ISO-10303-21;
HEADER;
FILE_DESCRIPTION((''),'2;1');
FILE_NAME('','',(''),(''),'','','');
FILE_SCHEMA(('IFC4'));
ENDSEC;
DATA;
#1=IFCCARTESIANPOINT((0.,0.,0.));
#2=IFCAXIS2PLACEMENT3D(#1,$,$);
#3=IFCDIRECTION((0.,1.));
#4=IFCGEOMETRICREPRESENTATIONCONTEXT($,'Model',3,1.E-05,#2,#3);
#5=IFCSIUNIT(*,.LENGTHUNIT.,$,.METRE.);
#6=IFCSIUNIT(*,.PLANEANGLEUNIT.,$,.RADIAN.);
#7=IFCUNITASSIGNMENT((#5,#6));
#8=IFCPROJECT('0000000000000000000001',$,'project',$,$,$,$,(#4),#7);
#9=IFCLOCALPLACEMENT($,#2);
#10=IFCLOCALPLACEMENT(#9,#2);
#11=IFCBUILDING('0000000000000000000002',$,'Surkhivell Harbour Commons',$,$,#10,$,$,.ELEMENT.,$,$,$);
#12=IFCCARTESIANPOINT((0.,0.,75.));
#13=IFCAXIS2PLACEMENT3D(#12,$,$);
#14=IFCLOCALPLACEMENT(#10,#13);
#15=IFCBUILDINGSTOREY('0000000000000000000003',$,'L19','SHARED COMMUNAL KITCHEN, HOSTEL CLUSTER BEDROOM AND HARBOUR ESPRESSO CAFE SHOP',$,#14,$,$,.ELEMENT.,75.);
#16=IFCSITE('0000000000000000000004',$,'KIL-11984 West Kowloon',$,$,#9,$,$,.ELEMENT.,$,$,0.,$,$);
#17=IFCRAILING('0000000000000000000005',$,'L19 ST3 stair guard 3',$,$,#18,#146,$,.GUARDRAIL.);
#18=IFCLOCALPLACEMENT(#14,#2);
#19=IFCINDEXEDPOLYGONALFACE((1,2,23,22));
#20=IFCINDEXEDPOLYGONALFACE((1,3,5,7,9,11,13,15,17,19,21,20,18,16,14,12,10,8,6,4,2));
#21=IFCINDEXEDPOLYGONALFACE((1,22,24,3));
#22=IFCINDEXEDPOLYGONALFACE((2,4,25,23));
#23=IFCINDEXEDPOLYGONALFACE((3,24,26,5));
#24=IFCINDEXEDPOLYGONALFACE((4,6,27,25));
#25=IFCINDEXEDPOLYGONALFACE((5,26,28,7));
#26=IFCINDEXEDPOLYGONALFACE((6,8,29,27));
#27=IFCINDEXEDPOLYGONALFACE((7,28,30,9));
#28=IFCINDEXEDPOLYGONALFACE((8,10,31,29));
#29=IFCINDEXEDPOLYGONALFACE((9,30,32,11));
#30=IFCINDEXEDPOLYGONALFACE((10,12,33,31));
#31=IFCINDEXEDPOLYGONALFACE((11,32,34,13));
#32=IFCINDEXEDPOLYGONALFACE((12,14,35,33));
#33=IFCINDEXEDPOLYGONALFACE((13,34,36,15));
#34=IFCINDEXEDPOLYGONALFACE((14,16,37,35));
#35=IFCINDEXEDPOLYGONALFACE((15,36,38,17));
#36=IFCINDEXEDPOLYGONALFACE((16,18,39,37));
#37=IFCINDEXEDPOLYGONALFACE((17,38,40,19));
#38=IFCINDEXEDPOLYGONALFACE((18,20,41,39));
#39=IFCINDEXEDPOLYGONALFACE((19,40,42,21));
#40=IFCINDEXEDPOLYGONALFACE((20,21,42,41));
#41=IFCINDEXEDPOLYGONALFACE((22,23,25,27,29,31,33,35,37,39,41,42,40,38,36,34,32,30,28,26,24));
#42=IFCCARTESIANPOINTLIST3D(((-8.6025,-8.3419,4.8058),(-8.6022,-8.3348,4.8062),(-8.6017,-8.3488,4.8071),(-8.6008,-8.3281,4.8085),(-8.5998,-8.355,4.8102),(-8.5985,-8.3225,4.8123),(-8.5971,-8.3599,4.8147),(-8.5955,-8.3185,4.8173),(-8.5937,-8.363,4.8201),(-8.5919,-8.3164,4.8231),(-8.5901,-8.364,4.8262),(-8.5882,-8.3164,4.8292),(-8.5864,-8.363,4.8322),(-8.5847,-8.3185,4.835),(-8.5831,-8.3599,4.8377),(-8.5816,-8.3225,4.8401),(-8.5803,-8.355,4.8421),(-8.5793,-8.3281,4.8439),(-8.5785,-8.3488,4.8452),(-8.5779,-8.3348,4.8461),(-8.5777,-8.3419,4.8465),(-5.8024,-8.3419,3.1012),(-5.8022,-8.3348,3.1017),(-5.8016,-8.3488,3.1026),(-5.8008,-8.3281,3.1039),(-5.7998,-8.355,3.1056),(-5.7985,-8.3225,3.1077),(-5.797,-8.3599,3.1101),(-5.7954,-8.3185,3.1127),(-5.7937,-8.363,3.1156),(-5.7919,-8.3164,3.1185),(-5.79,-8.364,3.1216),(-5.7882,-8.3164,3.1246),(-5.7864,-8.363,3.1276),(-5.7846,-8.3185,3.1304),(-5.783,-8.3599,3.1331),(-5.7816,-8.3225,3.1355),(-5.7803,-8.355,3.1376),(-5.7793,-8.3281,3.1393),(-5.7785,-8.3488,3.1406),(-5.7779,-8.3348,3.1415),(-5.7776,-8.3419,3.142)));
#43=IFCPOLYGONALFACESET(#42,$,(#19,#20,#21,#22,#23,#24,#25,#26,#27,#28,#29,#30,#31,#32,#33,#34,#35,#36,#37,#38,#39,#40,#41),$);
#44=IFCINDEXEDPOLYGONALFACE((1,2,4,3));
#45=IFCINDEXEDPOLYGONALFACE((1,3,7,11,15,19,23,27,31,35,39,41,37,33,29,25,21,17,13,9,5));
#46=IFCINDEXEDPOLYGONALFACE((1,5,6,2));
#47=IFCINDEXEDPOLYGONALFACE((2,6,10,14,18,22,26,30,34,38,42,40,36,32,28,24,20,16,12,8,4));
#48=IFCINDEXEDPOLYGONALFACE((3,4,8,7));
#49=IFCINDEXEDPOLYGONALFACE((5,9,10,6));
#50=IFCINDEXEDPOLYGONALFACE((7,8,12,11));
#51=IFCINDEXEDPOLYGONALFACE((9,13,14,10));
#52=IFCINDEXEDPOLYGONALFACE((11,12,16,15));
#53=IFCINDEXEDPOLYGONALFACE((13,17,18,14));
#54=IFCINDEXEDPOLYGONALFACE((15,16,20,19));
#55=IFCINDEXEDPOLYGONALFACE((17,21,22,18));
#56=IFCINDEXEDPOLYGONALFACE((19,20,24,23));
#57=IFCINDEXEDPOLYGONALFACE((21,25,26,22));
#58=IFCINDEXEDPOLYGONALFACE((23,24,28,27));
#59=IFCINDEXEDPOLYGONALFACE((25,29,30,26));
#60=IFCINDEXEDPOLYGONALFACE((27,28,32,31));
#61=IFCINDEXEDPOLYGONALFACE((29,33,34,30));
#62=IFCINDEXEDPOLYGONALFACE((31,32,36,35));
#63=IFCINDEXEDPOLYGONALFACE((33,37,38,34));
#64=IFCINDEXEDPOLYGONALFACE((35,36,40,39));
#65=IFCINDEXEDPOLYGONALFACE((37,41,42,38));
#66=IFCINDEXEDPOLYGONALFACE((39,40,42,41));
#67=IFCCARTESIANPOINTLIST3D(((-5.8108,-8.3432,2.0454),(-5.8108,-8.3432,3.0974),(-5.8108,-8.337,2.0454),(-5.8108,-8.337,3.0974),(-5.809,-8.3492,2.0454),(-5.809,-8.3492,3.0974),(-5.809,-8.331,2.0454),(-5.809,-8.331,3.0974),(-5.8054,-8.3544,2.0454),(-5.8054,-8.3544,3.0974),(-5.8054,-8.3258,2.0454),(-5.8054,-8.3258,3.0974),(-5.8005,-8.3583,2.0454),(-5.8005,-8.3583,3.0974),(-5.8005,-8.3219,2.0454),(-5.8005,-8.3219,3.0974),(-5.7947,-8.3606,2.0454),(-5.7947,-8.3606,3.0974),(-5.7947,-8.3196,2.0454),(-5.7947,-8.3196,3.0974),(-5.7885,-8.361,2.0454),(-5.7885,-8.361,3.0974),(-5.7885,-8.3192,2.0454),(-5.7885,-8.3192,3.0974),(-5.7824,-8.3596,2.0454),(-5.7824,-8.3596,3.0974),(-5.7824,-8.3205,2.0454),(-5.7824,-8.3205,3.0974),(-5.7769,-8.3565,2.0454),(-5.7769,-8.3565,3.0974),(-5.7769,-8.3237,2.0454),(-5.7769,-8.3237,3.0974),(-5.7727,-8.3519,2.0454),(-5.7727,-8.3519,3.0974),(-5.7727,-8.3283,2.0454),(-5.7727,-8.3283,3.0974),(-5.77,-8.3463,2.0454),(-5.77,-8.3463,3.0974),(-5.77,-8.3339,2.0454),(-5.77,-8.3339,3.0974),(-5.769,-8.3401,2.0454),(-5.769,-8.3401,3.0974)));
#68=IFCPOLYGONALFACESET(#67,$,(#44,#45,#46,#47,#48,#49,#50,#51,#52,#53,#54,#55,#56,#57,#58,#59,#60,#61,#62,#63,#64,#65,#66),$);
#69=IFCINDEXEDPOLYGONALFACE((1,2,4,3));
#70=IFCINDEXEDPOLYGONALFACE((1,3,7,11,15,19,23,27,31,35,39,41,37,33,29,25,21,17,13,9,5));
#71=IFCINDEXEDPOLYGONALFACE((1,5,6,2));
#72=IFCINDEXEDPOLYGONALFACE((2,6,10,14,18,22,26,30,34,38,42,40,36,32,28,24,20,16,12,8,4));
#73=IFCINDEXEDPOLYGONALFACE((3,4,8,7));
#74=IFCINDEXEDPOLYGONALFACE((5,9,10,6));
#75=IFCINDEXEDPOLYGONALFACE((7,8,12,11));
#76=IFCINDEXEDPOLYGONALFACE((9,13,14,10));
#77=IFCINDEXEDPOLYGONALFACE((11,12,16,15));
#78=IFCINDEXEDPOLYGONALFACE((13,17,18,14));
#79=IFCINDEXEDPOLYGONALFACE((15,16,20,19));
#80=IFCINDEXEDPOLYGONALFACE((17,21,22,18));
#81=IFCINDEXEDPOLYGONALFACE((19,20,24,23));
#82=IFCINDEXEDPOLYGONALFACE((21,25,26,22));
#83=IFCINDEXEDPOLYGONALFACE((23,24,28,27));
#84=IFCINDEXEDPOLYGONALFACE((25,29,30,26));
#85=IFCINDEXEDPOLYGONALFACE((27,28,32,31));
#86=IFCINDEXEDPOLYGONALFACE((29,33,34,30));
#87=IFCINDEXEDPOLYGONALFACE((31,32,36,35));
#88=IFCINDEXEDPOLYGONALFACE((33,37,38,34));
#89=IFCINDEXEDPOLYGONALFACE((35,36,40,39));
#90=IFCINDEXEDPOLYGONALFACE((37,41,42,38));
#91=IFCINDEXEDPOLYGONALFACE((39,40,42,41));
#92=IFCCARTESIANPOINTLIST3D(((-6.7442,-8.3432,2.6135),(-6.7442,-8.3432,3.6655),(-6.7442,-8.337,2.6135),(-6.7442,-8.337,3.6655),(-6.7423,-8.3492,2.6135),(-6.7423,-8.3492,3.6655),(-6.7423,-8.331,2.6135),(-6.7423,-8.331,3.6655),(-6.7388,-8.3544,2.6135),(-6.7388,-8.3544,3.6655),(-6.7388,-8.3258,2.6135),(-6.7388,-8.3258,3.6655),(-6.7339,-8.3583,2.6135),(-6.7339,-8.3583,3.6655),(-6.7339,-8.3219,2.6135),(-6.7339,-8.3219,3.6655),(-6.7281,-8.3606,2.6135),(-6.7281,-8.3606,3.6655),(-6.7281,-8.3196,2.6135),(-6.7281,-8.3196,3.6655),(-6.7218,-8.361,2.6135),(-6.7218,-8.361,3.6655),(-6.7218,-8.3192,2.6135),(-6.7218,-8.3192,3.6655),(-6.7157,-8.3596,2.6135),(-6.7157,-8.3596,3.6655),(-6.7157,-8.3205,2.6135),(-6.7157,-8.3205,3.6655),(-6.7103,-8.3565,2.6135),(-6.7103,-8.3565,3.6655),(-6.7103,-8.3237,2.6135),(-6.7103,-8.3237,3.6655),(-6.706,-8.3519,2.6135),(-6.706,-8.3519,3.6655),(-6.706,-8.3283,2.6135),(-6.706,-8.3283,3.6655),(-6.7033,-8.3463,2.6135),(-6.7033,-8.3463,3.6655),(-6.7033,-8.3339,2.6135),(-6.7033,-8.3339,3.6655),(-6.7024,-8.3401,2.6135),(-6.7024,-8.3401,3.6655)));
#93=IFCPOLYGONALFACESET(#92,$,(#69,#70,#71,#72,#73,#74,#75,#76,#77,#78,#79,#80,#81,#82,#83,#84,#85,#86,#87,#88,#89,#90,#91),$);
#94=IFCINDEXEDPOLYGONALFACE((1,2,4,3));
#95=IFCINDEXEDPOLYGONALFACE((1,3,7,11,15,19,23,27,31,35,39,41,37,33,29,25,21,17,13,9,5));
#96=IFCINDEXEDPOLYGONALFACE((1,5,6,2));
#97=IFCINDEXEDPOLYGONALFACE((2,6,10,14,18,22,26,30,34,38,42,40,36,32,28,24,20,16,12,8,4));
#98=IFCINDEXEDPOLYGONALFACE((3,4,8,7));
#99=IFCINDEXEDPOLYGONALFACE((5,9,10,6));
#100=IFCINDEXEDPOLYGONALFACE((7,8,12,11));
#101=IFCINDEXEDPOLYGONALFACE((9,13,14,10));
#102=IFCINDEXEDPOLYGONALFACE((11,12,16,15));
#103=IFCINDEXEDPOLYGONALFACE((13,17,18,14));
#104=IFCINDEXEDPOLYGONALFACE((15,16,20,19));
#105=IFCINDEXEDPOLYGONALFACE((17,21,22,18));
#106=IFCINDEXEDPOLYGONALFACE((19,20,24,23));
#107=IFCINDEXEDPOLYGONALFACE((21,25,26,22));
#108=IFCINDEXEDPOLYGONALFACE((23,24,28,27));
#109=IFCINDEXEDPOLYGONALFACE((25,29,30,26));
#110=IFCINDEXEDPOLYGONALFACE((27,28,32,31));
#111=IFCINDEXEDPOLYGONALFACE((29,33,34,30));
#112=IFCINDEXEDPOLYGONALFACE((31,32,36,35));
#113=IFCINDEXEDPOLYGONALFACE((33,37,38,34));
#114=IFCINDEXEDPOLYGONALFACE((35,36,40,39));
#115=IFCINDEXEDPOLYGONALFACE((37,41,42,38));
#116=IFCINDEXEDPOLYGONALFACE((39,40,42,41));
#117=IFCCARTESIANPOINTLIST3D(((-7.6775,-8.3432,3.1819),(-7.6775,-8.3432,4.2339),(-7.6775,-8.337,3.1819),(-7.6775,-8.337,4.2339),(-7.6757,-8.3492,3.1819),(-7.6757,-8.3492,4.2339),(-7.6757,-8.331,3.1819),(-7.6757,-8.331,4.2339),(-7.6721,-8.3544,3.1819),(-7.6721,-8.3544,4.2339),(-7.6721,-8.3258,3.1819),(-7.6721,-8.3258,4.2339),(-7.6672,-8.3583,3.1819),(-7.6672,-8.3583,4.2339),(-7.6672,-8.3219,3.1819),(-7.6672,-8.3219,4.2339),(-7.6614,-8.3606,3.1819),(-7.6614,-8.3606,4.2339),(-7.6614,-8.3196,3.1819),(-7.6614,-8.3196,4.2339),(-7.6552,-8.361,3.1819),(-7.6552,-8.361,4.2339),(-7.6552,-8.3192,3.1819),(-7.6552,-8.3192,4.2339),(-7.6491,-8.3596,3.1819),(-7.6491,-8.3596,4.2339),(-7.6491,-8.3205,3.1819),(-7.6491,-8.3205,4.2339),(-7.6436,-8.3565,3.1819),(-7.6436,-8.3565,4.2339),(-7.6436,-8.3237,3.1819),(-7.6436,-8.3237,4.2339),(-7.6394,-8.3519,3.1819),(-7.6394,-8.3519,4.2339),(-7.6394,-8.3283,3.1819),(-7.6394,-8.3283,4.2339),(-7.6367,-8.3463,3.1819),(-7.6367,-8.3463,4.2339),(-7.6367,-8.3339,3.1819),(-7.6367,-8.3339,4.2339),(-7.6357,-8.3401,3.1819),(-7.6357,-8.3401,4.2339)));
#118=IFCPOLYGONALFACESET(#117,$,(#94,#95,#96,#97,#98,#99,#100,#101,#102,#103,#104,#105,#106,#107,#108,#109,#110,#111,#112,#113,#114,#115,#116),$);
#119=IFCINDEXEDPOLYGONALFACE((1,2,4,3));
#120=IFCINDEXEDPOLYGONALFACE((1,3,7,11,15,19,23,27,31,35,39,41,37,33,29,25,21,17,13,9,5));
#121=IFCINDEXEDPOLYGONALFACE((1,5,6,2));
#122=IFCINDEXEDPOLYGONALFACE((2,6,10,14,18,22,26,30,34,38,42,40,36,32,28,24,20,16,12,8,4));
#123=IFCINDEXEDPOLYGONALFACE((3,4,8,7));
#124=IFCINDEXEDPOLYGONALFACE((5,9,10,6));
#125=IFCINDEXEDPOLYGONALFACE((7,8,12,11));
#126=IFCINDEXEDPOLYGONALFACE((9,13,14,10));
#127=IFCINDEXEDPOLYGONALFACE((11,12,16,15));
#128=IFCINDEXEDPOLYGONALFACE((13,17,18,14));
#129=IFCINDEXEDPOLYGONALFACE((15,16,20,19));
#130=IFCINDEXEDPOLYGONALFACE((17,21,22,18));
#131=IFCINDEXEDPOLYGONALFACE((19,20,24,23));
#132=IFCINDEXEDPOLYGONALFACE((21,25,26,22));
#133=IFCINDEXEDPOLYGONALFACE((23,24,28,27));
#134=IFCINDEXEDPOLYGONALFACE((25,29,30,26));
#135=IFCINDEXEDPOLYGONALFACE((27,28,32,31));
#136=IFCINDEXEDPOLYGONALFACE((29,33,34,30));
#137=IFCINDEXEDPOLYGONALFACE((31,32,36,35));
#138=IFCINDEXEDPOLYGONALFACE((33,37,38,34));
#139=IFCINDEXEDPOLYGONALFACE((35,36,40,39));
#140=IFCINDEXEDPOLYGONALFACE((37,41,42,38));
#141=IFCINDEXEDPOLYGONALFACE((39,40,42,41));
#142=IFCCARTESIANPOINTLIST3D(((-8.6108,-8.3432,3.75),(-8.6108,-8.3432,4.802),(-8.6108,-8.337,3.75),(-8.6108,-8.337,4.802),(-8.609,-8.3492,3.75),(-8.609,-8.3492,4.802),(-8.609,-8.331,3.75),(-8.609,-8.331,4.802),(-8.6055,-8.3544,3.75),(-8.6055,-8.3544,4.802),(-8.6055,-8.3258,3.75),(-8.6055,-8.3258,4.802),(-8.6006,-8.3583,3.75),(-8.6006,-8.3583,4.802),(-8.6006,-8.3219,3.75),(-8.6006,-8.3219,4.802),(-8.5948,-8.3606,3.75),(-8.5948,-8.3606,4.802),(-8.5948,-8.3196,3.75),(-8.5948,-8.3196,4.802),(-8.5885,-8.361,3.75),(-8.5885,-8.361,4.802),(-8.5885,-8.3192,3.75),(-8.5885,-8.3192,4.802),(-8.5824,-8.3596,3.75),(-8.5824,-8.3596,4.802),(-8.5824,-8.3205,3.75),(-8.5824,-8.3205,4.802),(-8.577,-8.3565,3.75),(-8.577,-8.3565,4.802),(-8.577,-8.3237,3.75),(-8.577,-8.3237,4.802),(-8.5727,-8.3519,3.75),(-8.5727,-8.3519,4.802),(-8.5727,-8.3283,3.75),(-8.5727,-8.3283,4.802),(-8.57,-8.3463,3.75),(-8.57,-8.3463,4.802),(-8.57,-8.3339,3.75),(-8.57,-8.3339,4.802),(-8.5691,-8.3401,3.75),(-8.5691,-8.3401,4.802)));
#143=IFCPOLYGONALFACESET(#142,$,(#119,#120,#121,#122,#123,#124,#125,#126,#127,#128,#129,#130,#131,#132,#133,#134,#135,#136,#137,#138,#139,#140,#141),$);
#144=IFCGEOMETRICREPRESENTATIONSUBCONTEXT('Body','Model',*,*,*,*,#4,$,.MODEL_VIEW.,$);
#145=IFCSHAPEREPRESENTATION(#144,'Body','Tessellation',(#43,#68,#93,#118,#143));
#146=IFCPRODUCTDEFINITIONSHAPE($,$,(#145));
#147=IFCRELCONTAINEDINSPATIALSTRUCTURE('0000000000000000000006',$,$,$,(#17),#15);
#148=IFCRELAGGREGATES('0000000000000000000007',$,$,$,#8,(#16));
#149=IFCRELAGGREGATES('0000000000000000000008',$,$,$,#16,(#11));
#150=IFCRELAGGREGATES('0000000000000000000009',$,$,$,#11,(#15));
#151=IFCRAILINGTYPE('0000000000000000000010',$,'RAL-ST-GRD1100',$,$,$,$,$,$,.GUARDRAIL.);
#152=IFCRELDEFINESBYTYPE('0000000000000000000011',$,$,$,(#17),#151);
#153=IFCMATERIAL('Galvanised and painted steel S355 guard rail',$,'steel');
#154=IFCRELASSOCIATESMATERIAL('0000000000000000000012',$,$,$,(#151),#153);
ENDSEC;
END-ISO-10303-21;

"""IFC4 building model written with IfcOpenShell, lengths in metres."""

from ifc_helpers import new_model, si_unit, direction, frame, origin, origin_2d, place, context, subcontext, project, spatial, circle, extrude, material, type_object, element, save


model = new_model("IFC4")

# Units and contexts
model_context = context("Model", 3, precision=1e-05, world=origin(), true_north=direction((0.0, 1.0)))
body_context = subcontext(model_context, "Body", "Model", "MODEL_VIEW")
ifc_project = project(units=[si_unit("LENGTHUNIT", "METRE"), si_unit("PLANEANGLEUNIT", "RADIAN")], contexts=[model_context])

# Site, building, storey
site_placement = place(None, origin())
site = spatial("IfcSite", under=ifc_project, at=site_placement, Name="KIL-11984 West Kowloon", CompositionType="ELEMENT", RefElevation=0.0)
building_placement = place(site_placement, origin())
building = spatial("IfcBuilding", under=site, at=building_placement, Name="Surkhivell Harbour Commons", CompositionType="ELEMENT")
storey_placement = place(building_placement, frame((0.0, 0.0, 75.0)))
storey = spatial("IfcBuildingStorey", under=building, at=storey_placement, Name="L19", Description="SHARED COMMUNAL KITCHEN, HOSTEL CLUSTER BEDROOM AND HARBOUR ESPRESSO CAFE SHOP", CompositionType="ELEMENT", Elevation=75.0)

# Railing
ifc_material_1 = material(Name="Galvanised and painted steel S355 guard rail", Category="steel")
railing_type_1 = type_object("IfcRailingType", Name="RAL-ST-GRD1100", PredefinedType="GUARDRAIL", material=ifc_material_1)
railing_1_placement = place(storey_placement, frame((-5.79, -8.3401, 2.0454)))
element("IfcRailing", 1, at=railing_1_placement, inside=storey, type_object=railing_type_1, Name="L19 ST3 stair guard 3", PredefinedType="GUARDRAIL", context=body_context, shape_type="SweptSolid", body=[
    extrude(circle(Radius=0.0239, at=origin_2d()), frame((0.0, 0.0, 1.0762), z_axis=(-0.85417, 0.0, 0.519994), x_axis=(0.0, -1.0, 0.0)), (0.0, 0.0, 1.0), 3.2781),
    extrude(circle(Radius=0.021, at=origin_2d()), origin(), (0.0, 0.0, 1.0), 1.052),
    extrude(circle(Radius=0.021, at=origin_2d()), frame((-0.9333, 0.0, 0.5681)), (0.0, 0.0, 1.0), 1.052),
    extrude(circle(Radius=0.021, at=origin_2d()), frame((-1.8667, 0.0, 1.1365)), (0.0, 0.0, 1.0), 1.052),
    extrude(circle(Radius=0.021, at=origin_2d()), frame((-2.8, 0.0, 1.7046)), (0.0, 0.0, 1.0), 1.052),
])

save(model, "model.ifc")
